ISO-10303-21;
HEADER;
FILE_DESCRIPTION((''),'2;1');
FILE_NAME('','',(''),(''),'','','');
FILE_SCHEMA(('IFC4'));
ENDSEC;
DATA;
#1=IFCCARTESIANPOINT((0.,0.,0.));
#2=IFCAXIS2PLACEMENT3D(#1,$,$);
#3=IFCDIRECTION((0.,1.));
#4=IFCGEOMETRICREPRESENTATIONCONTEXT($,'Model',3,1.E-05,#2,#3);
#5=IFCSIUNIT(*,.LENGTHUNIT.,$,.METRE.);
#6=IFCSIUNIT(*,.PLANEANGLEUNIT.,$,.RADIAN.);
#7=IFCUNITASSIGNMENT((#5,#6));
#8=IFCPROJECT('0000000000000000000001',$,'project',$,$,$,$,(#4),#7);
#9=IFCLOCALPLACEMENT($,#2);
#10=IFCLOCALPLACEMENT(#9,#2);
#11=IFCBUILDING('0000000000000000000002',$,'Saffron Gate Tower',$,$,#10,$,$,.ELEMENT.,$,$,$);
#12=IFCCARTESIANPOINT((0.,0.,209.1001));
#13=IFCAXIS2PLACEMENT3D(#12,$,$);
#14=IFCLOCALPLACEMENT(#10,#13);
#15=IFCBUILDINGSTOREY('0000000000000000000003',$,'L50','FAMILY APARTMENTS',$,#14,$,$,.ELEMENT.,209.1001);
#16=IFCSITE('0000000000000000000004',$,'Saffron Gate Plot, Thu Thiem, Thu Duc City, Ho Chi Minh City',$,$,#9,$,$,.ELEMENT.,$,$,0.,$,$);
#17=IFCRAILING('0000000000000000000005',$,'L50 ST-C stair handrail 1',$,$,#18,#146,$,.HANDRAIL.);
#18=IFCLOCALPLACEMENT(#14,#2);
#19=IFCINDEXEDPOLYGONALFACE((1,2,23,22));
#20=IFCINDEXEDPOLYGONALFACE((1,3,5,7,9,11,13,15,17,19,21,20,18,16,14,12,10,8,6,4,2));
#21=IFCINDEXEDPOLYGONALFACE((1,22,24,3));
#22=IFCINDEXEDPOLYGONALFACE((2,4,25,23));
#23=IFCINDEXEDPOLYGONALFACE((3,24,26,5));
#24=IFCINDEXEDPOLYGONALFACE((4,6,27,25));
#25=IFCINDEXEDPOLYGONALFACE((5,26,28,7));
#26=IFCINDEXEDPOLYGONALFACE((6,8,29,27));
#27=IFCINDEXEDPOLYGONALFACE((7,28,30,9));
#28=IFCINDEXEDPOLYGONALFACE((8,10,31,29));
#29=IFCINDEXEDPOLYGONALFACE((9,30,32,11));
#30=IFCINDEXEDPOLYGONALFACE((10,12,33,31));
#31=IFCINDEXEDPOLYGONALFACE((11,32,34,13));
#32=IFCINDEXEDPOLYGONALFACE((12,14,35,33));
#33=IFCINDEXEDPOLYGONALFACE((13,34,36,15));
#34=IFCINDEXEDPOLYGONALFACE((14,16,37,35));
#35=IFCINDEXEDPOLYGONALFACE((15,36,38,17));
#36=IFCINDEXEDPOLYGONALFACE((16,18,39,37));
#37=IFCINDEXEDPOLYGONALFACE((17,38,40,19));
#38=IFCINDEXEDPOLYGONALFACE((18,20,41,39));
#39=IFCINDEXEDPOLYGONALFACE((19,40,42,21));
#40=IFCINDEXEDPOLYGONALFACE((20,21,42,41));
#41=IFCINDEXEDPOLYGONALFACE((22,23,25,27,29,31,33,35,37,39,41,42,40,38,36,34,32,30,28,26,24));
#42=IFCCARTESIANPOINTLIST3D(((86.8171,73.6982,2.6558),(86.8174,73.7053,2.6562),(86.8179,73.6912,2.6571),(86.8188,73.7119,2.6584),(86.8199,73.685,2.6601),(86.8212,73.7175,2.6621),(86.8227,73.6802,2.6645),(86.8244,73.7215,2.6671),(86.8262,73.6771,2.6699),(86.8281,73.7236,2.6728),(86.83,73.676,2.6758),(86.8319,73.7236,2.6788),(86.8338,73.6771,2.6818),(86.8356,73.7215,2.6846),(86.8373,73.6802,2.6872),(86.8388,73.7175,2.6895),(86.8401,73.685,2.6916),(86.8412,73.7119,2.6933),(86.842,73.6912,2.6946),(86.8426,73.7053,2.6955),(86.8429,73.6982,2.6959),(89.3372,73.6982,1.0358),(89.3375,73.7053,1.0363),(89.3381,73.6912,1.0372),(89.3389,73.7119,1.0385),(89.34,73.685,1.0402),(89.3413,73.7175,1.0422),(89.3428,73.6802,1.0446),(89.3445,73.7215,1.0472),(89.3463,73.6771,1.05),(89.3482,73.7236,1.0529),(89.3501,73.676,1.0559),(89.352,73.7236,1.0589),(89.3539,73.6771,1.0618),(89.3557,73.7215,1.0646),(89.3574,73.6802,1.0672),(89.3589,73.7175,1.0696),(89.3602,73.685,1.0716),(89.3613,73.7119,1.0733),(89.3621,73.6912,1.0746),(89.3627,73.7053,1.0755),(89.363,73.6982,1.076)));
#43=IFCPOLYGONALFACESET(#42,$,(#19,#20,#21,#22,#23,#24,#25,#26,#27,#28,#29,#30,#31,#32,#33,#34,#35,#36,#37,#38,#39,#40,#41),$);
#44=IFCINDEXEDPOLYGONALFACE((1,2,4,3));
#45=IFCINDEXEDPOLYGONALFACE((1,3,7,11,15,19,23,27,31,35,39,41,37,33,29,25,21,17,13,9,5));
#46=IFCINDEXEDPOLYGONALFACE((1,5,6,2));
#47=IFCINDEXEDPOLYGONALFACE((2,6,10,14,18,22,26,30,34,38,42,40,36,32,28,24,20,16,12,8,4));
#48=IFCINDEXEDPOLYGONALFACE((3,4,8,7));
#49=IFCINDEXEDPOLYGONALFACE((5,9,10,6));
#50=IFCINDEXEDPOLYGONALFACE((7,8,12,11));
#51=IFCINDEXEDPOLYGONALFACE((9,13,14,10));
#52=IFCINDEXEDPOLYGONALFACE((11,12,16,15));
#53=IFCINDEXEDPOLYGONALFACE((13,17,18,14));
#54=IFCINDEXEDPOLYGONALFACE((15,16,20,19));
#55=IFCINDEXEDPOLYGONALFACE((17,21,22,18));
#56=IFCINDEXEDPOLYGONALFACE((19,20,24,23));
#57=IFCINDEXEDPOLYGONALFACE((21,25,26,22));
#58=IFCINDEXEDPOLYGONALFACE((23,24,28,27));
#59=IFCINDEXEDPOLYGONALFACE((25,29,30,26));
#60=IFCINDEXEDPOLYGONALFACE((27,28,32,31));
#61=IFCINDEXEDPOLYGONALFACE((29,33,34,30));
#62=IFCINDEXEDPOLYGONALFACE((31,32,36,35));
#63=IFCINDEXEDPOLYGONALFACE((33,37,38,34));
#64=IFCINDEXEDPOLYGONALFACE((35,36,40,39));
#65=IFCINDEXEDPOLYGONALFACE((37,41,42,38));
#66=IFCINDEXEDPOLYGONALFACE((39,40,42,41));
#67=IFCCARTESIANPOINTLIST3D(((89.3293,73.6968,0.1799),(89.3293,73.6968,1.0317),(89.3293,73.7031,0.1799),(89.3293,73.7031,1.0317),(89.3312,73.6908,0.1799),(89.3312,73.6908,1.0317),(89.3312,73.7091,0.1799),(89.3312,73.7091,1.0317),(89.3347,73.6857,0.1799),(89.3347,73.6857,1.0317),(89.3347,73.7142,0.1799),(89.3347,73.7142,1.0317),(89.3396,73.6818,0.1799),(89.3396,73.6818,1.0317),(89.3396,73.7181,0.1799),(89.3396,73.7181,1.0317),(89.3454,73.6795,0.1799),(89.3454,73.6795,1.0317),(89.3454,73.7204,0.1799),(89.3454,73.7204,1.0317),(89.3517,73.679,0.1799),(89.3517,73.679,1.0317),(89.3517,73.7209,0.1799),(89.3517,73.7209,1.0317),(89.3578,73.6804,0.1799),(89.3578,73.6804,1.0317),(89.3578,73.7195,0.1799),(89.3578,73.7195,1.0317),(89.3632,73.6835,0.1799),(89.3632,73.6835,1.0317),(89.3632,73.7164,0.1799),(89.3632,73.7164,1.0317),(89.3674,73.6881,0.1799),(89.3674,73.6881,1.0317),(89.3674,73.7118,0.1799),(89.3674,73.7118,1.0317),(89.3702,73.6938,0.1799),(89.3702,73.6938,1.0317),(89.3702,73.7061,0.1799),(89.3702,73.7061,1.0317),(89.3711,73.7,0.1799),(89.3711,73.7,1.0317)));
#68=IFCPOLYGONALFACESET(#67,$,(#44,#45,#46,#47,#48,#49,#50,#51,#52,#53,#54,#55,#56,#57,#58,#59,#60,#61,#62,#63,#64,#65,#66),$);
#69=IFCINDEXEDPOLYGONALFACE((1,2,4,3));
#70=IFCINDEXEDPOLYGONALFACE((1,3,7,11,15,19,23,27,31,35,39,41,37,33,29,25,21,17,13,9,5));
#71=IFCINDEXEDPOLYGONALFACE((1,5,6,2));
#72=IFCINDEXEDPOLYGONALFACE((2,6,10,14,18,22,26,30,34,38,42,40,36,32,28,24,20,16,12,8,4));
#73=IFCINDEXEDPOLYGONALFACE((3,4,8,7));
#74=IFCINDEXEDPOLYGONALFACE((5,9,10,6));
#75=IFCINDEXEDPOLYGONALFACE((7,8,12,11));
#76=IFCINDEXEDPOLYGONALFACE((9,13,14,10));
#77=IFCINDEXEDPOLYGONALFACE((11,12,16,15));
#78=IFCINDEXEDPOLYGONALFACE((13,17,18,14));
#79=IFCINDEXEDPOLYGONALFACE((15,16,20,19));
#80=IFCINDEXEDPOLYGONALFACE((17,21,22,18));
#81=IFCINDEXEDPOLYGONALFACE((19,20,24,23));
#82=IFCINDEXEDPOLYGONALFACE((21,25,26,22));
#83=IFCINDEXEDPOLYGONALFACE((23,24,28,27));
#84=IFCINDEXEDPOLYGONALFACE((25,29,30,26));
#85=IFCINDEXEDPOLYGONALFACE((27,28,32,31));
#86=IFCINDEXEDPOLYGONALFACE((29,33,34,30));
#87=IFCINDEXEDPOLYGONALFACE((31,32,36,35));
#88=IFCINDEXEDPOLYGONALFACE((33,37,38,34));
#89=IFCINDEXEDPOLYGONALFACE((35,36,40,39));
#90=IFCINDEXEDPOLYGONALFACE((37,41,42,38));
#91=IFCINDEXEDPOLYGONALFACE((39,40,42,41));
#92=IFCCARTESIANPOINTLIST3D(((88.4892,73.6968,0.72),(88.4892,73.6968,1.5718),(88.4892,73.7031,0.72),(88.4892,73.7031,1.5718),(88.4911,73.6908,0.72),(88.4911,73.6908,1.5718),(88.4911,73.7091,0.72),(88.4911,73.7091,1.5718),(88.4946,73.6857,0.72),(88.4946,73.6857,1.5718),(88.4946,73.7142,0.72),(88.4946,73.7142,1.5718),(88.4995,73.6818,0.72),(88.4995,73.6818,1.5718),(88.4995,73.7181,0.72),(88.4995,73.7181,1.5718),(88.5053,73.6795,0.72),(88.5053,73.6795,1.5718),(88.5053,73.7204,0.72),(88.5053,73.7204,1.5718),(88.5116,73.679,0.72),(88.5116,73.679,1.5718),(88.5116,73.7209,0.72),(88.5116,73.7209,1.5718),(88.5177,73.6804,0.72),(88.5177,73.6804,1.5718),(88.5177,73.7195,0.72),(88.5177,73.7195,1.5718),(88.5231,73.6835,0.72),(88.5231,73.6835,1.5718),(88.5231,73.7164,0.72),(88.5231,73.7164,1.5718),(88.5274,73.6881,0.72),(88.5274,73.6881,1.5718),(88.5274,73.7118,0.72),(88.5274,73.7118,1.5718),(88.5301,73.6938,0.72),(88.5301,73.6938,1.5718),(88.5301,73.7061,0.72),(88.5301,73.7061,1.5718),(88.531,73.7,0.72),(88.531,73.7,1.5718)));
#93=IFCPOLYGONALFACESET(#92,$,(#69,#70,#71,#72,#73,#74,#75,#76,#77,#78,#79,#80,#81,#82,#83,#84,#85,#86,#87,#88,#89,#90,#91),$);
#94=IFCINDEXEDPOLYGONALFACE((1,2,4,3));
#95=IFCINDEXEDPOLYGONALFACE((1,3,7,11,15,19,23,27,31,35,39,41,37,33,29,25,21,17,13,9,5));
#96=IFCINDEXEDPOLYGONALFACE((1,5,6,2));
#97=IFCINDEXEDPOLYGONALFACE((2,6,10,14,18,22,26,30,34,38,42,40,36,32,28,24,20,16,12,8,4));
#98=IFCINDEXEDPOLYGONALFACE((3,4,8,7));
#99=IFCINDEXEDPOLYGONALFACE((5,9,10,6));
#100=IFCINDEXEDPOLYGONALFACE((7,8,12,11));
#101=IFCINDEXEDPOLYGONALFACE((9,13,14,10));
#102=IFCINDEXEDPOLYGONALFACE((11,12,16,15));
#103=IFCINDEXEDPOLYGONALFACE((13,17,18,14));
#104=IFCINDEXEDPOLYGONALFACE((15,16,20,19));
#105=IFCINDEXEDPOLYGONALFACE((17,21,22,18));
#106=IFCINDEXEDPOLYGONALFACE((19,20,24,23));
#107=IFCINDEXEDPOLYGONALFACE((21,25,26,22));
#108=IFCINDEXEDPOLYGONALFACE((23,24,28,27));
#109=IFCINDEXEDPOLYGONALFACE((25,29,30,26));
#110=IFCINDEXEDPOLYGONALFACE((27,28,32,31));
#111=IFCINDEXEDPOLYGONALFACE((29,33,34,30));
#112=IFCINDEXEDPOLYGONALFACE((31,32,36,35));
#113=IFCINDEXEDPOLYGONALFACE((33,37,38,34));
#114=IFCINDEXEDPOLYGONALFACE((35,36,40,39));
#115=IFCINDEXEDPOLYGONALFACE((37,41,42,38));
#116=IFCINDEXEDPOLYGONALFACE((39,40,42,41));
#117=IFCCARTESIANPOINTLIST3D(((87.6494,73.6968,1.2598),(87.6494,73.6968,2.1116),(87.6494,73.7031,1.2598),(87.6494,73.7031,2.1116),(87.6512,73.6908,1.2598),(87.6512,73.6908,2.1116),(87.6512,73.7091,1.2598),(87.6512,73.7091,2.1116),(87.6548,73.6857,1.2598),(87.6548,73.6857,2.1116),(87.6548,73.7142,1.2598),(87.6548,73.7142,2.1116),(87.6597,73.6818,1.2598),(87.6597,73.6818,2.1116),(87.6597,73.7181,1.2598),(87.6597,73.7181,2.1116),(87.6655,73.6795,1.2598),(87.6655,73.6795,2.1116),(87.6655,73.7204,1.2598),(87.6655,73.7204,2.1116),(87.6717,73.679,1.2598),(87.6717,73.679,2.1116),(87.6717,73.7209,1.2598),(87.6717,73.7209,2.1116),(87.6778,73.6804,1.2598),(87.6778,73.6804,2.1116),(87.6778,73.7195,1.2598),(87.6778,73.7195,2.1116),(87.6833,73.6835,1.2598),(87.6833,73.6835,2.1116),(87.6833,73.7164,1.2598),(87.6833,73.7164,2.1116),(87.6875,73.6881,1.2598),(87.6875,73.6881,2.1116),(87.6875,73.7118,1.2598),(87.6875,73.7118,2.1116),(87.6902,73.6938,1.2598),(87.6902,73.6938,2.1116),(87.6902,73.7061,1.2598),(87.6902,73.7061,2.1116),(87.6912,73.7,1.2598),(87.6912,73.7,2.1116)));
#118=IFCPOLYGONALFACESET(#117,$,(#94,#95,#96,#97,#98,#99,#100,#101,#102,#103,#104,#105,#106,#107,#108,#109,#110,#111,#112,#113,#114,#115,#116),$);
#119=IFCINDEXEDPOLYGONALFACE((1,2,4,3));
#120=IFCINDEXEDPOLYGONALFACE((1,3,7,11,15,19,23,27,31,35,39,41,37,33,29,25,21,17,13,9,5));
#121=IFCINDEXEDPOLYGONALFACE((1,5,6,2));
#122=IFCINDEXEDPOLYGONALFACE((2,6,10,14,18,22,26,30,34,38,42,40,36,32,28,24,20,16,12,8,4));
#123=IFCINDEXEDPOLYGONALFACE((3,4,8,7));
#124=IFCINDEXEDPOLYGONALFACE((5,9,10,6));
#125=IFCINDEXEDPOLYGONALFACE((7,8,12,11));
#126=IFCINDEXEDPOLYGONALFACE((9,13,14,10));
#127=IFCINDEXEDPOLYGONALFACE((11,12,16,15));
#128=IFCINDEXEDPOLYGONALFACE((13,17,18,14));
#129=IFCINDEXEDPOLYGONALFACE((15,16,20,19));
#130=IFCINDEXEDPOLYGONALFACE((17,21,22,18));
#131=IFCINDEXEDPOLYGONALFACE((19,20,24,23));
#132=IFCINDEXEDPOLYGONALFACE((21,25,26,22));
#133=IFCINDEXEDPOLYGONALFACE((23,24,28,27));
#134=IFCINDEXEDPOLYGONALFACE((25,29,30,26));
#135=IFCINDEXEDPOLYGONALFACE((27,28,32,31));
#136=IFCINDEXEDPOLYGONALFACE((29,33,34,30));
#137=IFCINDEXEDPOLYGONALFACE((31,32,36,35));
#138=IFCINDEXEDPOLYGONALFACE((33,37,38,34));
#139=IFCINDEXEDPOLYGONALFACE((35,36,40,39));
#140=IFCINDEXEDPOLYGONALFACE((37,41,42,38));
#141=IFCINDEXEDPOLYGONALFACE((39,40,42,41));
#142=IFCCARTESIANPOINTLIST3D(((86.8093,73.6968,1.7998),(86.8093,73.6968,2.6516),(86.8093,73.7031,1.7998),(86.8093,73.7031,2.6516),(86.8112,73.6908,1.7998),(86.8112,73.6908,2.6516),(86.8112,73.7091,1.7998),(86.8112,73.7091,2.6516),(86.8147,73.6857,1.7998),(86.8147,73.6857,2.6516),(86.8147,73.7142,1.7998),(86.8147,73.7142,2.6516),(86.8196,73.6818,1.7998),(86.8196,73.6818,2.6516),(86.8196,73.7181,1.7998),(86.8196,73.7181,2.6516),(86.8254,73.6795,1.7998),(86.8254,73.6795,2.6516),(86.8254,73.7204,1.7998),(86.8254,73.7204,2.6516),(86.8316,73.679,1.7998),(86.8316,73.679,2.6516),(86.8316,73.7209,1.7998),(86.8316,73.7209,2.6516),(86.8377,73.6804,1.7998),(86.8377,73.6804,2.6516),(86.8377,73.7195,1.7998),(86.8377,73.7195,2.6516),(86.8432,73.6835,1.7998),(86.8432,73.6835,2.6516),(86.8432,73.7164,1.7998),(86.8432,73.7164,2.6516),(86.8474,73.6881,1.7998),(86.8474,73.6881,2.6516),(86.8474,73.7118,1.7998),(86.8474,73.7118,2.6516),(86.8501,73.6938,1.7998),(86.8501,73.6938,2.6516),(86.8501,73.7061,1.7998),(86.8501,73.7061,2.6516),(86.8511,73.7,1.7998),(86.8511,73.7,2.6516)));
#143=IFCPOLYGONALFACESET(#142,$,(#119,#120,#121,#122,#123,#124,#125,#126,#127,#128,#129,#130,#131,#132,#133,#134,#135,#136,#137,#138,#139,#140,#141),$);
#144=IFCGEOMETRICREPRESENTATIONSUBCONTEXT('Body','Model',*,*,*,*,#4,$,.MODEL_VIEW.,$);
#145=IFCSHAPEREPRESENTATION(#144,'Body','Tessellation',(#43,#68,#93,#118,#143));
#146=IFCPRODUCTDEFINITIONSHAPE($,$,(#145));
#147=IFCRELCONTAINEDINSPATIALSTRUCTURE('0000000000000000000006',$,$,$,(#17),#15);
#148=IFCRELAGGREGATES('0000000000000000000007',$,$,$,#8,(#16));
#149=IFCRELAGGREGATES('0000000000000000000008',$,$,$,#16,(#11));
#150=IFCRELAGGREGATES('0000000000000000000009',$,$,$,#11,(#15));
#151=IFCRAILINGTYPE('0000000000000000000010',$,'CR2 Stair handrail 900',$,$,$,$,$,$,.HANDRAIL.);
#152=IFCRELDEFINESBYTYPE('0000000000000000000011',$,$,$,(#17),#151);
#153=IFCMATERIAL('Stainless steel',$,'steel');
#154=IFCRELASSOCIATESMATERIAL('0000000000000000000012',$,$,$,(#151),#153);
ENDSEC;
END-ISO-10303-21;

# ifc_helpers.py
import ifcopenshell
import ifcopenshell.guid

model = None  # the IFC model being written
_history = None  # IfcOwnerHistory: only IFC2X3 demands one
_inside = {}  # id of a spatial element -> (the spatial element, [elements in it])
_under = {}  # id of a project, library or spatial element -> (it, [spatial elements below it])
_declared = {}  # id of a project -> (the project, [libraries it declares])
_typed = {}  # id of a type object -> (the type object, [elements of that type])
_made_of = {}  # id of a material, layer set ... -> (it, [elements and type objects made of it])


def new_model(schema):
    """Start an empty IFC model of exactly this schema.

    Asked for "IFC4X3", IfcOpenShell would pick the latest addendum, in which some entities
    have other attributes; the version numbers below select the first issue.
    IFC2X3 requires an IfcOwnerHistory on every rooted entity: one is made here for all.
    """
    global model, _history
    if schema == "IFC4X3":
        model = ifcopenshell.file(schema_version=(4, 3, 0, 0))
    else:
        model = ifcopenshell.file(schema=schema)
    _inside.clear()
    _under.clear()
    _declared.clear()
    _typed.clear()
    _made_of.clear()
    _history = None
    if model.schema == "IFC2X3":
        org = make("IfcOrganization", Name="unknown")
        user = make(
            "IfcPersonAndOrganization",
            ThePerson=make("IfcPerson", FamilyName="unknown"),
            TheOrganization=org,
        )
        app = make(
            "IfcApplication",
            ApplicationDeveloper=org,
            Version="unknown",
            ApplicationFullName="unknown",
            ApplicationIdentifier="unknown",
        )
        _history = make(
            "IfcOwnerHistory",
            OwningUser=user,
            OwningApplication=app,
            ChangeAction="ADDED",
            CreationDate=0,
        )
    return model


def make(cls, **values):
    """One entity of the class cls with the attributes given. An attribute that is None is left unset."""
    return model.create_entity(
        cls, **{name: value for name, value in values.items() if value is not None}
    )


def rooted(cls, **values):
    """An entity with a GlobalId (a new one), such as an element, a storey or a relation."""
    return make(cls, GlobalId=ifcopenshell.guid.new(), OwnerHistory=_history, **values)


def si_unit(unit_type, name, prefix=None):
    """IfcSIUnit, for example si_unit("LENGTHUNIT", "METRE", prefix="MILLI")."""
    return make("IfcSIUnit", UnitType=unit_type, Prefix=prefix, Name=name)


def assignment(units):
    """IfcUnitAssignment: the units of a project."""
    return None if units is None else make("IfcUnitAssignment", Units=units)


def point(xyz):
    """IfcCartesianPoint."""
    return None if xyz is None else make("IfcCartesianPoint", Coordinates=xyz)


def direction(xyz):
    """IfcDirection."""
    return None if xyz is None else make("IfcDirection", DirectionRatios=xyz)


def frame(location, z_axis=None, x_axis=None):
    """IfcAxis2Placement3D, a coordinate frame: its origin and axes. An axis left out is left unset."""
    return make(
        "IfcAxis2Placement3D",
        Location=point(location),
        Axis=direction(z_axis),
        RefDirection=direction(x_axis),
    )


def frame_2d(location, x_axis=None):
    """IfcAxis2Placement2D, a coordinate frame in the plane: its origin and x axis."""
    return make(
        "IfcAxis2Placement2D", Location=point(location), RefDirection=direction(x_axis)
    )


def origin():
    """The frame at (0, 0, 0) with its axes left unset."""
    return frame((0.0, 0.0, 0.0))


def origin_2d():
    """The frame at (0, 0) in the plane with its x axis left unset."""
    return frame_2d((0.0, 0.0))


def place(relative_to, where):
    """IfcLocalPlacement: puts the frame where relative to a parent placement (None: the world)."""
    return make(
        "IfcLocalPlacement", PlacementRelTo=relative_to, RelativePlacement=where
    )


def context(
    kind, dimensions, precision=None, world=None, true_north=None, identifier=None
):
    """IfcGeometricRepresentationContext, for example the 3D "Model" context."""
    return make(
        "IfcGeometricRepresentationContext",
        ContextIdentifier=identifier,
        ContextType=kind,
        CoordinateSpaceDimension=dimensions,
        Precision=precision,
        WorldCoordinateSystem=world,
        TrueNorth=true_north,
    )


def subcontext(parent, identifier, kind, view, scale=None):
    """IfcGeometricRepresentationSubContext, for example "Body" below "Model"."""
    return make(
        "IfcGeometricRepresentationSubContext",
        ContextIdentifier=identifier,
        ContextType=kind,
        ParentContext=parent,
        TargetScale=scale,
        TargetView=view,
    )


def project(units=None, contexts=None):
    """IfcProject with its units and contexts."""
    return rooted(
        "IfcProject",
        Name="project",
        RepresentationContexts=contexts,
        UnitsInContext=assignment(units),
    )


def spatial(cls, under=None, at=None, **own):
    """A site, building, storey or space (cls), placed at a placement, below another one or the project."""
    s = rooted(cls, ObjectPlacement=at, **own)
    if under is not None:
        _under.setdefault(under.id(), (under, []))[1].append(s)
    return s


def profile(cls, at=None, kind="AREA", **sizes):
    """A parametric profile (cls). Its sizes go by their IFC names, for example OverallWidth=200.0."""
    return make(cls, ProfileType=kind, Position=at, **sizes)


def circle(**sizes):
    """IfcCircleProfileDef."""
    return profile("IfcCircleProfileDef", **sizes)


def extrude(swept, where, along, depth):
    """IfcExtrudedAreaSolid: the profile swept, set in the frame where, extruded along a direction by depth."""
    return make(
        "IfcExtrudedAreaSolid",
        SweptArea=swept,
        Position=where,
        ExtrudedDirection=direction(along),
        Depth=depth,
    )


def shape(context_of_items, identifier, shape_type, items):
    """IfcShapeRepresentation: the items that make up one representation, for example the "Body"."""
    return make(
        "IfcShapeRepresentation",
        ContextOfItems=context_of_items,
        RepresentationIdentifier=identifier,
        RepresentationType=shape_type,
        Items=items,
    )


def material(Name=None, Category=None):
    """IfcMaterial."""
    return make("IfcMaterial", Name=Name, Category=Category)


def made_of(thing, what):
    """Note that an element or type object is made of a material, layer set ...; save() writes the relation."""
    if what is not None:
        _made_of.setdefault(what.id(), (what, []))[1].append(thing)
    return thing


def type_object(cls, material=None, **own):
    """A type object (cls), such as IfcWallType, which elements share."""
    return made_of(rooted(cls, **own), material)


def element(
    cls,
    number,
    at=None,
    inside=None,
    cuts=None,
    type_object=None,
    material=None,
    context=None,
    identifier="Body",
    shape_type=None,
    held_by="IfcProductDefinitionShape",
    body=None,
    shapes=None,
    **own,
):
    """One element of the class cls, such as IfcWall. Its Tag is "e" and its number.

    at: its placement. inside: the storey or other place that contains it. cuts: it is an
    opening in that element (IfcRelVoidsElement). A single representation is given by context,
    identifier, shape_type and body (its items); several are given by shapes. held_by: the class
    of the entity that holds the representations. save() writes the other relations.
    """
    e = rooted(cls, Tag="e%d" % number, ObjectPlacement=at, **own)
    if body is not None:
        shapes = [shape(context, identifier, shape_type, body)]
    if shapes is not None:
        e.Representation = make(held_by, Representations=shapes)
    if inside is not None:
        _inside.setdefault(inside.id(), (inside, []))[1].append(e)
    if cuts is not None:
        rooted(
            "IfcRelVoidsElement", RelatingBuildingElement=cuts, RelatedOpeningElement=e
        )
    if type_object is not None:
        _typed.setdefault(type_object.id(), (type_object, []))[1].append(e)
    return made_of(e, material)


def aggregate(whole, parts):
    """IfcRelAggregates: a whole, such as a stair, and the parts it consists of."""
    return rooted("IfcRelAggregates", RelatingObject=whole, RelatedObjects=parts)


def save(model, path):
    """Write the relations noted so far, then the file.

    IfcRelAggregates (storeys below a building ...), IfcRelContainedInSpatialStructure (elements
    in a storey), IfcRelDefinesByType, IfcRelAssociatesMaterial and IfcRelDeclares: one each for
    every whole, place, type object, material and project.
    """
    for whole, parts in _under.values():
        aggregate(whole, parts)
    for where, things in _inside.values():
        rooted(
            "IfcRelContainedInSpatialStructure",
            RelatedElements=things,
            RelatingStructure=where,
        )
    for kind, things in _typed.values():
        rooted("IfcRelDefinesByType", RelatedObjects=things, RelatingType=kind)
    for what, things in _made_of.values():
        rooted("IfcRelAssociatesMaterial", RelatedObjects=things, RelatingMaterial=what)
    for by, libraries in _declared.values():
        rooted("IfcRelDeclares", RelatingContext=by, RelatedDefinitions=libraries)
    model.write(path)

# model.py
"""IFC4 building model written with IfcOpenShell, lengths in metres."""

from ifc_helpers import new_model, si_unit, direction, frame, origin, origin_2d, place, context, subcontext, project, spatial, circle, extrude, material, type_object, element, save


model = new_model("IFC4")

# Units and contexts
model_context = context("Model", 3, precision=1e-05, world=origin(), true_north=direction((0.0, 1.0)))
body_context = subcontext(model_context, "Body", "Model", "MODEL_VIEW")
ifc_project = project(units=[si_unit("LENGTHUNIT", "METRE"), si_unit("PLANEANGLEUNIT", "RADIAN")], contexts=[model_context])

# Site, building, storey
site_placement = place(None, origin())
site = spatial("IfcSite", under=ifc_project, at=site_placement, Name="Saffron Gate Plot, Thu Thiem, Thu Duc City, Ho Chi Minh City", CompositionType="ELEMENT", RefElevation=0.0)
building_placement = place(site_placement, origin())
building = spatial("IfcBuilding", under=site, at=building_placement, Name="Saffron Gate Tower", CompositionType="ELEMENT")
storey_placement = place(building_placement, frame((0.0, 0.0, 209.1001)))
storey = spatial("IfcBuildingStorey", under=building, at=storey_placement, Name="L50", Description="FAMILY APARTMENTS", CompositionType="ELEMENT", Elevation=209.1001)

# Railing
ifc_material_1 = material(Name="Stainless steel", Category="steel")
railing_type_1 = type_object("IfcRailingType", Name="CR2 Stair handrail 900", PredefinedType="HANDRAIL", material=ifc_material_1)
railing_1_placement = place(storey_placement, frame((89.3501, 73.7, 0.1799)))
element("IfcRailing", 1, at=railing_1_placement, inside=storey, type_object=railing_type_1, Name="L50 ST-C stair handrail 1", PredefinedType="HANDRAIL", context=body_context, shape_type="SweptSolid", body=[
    extrude(circle(Radius=0.0239, at=origin_2d()), frame((0.0, 0.0, 0.876), z_axis=(-0.8412, 0.0, 0.540725), x_axis=(0.0, -1.0, 0.0)), (0.0, 0.0, 1.0), 2.9958),
    extrude(circle(Radius=0.021, at=origin_2d()), origin(), (0.0, 0.0, 1.0), 0.8518),
    extrude(circle(Radius=0.021, at=origin_2d()), frame((-0.8401, 0.0, 0.54)), (0.0, 0.0, 1.0), 0.8518),
    extrude(circle(Radius=0.021, at=origin_2d()), frame((-1.6799, 0.0, 1.0798)), (0.0, 0.0, 1.0), 0.8518),
    extrude(circle(Radius=0.021, at=origin_2d()), frame((-2.52, 0.0, 1.6199)), (0.0, 0.0, 1.0), 0.8518),
])

save(model, "model.ifc")
